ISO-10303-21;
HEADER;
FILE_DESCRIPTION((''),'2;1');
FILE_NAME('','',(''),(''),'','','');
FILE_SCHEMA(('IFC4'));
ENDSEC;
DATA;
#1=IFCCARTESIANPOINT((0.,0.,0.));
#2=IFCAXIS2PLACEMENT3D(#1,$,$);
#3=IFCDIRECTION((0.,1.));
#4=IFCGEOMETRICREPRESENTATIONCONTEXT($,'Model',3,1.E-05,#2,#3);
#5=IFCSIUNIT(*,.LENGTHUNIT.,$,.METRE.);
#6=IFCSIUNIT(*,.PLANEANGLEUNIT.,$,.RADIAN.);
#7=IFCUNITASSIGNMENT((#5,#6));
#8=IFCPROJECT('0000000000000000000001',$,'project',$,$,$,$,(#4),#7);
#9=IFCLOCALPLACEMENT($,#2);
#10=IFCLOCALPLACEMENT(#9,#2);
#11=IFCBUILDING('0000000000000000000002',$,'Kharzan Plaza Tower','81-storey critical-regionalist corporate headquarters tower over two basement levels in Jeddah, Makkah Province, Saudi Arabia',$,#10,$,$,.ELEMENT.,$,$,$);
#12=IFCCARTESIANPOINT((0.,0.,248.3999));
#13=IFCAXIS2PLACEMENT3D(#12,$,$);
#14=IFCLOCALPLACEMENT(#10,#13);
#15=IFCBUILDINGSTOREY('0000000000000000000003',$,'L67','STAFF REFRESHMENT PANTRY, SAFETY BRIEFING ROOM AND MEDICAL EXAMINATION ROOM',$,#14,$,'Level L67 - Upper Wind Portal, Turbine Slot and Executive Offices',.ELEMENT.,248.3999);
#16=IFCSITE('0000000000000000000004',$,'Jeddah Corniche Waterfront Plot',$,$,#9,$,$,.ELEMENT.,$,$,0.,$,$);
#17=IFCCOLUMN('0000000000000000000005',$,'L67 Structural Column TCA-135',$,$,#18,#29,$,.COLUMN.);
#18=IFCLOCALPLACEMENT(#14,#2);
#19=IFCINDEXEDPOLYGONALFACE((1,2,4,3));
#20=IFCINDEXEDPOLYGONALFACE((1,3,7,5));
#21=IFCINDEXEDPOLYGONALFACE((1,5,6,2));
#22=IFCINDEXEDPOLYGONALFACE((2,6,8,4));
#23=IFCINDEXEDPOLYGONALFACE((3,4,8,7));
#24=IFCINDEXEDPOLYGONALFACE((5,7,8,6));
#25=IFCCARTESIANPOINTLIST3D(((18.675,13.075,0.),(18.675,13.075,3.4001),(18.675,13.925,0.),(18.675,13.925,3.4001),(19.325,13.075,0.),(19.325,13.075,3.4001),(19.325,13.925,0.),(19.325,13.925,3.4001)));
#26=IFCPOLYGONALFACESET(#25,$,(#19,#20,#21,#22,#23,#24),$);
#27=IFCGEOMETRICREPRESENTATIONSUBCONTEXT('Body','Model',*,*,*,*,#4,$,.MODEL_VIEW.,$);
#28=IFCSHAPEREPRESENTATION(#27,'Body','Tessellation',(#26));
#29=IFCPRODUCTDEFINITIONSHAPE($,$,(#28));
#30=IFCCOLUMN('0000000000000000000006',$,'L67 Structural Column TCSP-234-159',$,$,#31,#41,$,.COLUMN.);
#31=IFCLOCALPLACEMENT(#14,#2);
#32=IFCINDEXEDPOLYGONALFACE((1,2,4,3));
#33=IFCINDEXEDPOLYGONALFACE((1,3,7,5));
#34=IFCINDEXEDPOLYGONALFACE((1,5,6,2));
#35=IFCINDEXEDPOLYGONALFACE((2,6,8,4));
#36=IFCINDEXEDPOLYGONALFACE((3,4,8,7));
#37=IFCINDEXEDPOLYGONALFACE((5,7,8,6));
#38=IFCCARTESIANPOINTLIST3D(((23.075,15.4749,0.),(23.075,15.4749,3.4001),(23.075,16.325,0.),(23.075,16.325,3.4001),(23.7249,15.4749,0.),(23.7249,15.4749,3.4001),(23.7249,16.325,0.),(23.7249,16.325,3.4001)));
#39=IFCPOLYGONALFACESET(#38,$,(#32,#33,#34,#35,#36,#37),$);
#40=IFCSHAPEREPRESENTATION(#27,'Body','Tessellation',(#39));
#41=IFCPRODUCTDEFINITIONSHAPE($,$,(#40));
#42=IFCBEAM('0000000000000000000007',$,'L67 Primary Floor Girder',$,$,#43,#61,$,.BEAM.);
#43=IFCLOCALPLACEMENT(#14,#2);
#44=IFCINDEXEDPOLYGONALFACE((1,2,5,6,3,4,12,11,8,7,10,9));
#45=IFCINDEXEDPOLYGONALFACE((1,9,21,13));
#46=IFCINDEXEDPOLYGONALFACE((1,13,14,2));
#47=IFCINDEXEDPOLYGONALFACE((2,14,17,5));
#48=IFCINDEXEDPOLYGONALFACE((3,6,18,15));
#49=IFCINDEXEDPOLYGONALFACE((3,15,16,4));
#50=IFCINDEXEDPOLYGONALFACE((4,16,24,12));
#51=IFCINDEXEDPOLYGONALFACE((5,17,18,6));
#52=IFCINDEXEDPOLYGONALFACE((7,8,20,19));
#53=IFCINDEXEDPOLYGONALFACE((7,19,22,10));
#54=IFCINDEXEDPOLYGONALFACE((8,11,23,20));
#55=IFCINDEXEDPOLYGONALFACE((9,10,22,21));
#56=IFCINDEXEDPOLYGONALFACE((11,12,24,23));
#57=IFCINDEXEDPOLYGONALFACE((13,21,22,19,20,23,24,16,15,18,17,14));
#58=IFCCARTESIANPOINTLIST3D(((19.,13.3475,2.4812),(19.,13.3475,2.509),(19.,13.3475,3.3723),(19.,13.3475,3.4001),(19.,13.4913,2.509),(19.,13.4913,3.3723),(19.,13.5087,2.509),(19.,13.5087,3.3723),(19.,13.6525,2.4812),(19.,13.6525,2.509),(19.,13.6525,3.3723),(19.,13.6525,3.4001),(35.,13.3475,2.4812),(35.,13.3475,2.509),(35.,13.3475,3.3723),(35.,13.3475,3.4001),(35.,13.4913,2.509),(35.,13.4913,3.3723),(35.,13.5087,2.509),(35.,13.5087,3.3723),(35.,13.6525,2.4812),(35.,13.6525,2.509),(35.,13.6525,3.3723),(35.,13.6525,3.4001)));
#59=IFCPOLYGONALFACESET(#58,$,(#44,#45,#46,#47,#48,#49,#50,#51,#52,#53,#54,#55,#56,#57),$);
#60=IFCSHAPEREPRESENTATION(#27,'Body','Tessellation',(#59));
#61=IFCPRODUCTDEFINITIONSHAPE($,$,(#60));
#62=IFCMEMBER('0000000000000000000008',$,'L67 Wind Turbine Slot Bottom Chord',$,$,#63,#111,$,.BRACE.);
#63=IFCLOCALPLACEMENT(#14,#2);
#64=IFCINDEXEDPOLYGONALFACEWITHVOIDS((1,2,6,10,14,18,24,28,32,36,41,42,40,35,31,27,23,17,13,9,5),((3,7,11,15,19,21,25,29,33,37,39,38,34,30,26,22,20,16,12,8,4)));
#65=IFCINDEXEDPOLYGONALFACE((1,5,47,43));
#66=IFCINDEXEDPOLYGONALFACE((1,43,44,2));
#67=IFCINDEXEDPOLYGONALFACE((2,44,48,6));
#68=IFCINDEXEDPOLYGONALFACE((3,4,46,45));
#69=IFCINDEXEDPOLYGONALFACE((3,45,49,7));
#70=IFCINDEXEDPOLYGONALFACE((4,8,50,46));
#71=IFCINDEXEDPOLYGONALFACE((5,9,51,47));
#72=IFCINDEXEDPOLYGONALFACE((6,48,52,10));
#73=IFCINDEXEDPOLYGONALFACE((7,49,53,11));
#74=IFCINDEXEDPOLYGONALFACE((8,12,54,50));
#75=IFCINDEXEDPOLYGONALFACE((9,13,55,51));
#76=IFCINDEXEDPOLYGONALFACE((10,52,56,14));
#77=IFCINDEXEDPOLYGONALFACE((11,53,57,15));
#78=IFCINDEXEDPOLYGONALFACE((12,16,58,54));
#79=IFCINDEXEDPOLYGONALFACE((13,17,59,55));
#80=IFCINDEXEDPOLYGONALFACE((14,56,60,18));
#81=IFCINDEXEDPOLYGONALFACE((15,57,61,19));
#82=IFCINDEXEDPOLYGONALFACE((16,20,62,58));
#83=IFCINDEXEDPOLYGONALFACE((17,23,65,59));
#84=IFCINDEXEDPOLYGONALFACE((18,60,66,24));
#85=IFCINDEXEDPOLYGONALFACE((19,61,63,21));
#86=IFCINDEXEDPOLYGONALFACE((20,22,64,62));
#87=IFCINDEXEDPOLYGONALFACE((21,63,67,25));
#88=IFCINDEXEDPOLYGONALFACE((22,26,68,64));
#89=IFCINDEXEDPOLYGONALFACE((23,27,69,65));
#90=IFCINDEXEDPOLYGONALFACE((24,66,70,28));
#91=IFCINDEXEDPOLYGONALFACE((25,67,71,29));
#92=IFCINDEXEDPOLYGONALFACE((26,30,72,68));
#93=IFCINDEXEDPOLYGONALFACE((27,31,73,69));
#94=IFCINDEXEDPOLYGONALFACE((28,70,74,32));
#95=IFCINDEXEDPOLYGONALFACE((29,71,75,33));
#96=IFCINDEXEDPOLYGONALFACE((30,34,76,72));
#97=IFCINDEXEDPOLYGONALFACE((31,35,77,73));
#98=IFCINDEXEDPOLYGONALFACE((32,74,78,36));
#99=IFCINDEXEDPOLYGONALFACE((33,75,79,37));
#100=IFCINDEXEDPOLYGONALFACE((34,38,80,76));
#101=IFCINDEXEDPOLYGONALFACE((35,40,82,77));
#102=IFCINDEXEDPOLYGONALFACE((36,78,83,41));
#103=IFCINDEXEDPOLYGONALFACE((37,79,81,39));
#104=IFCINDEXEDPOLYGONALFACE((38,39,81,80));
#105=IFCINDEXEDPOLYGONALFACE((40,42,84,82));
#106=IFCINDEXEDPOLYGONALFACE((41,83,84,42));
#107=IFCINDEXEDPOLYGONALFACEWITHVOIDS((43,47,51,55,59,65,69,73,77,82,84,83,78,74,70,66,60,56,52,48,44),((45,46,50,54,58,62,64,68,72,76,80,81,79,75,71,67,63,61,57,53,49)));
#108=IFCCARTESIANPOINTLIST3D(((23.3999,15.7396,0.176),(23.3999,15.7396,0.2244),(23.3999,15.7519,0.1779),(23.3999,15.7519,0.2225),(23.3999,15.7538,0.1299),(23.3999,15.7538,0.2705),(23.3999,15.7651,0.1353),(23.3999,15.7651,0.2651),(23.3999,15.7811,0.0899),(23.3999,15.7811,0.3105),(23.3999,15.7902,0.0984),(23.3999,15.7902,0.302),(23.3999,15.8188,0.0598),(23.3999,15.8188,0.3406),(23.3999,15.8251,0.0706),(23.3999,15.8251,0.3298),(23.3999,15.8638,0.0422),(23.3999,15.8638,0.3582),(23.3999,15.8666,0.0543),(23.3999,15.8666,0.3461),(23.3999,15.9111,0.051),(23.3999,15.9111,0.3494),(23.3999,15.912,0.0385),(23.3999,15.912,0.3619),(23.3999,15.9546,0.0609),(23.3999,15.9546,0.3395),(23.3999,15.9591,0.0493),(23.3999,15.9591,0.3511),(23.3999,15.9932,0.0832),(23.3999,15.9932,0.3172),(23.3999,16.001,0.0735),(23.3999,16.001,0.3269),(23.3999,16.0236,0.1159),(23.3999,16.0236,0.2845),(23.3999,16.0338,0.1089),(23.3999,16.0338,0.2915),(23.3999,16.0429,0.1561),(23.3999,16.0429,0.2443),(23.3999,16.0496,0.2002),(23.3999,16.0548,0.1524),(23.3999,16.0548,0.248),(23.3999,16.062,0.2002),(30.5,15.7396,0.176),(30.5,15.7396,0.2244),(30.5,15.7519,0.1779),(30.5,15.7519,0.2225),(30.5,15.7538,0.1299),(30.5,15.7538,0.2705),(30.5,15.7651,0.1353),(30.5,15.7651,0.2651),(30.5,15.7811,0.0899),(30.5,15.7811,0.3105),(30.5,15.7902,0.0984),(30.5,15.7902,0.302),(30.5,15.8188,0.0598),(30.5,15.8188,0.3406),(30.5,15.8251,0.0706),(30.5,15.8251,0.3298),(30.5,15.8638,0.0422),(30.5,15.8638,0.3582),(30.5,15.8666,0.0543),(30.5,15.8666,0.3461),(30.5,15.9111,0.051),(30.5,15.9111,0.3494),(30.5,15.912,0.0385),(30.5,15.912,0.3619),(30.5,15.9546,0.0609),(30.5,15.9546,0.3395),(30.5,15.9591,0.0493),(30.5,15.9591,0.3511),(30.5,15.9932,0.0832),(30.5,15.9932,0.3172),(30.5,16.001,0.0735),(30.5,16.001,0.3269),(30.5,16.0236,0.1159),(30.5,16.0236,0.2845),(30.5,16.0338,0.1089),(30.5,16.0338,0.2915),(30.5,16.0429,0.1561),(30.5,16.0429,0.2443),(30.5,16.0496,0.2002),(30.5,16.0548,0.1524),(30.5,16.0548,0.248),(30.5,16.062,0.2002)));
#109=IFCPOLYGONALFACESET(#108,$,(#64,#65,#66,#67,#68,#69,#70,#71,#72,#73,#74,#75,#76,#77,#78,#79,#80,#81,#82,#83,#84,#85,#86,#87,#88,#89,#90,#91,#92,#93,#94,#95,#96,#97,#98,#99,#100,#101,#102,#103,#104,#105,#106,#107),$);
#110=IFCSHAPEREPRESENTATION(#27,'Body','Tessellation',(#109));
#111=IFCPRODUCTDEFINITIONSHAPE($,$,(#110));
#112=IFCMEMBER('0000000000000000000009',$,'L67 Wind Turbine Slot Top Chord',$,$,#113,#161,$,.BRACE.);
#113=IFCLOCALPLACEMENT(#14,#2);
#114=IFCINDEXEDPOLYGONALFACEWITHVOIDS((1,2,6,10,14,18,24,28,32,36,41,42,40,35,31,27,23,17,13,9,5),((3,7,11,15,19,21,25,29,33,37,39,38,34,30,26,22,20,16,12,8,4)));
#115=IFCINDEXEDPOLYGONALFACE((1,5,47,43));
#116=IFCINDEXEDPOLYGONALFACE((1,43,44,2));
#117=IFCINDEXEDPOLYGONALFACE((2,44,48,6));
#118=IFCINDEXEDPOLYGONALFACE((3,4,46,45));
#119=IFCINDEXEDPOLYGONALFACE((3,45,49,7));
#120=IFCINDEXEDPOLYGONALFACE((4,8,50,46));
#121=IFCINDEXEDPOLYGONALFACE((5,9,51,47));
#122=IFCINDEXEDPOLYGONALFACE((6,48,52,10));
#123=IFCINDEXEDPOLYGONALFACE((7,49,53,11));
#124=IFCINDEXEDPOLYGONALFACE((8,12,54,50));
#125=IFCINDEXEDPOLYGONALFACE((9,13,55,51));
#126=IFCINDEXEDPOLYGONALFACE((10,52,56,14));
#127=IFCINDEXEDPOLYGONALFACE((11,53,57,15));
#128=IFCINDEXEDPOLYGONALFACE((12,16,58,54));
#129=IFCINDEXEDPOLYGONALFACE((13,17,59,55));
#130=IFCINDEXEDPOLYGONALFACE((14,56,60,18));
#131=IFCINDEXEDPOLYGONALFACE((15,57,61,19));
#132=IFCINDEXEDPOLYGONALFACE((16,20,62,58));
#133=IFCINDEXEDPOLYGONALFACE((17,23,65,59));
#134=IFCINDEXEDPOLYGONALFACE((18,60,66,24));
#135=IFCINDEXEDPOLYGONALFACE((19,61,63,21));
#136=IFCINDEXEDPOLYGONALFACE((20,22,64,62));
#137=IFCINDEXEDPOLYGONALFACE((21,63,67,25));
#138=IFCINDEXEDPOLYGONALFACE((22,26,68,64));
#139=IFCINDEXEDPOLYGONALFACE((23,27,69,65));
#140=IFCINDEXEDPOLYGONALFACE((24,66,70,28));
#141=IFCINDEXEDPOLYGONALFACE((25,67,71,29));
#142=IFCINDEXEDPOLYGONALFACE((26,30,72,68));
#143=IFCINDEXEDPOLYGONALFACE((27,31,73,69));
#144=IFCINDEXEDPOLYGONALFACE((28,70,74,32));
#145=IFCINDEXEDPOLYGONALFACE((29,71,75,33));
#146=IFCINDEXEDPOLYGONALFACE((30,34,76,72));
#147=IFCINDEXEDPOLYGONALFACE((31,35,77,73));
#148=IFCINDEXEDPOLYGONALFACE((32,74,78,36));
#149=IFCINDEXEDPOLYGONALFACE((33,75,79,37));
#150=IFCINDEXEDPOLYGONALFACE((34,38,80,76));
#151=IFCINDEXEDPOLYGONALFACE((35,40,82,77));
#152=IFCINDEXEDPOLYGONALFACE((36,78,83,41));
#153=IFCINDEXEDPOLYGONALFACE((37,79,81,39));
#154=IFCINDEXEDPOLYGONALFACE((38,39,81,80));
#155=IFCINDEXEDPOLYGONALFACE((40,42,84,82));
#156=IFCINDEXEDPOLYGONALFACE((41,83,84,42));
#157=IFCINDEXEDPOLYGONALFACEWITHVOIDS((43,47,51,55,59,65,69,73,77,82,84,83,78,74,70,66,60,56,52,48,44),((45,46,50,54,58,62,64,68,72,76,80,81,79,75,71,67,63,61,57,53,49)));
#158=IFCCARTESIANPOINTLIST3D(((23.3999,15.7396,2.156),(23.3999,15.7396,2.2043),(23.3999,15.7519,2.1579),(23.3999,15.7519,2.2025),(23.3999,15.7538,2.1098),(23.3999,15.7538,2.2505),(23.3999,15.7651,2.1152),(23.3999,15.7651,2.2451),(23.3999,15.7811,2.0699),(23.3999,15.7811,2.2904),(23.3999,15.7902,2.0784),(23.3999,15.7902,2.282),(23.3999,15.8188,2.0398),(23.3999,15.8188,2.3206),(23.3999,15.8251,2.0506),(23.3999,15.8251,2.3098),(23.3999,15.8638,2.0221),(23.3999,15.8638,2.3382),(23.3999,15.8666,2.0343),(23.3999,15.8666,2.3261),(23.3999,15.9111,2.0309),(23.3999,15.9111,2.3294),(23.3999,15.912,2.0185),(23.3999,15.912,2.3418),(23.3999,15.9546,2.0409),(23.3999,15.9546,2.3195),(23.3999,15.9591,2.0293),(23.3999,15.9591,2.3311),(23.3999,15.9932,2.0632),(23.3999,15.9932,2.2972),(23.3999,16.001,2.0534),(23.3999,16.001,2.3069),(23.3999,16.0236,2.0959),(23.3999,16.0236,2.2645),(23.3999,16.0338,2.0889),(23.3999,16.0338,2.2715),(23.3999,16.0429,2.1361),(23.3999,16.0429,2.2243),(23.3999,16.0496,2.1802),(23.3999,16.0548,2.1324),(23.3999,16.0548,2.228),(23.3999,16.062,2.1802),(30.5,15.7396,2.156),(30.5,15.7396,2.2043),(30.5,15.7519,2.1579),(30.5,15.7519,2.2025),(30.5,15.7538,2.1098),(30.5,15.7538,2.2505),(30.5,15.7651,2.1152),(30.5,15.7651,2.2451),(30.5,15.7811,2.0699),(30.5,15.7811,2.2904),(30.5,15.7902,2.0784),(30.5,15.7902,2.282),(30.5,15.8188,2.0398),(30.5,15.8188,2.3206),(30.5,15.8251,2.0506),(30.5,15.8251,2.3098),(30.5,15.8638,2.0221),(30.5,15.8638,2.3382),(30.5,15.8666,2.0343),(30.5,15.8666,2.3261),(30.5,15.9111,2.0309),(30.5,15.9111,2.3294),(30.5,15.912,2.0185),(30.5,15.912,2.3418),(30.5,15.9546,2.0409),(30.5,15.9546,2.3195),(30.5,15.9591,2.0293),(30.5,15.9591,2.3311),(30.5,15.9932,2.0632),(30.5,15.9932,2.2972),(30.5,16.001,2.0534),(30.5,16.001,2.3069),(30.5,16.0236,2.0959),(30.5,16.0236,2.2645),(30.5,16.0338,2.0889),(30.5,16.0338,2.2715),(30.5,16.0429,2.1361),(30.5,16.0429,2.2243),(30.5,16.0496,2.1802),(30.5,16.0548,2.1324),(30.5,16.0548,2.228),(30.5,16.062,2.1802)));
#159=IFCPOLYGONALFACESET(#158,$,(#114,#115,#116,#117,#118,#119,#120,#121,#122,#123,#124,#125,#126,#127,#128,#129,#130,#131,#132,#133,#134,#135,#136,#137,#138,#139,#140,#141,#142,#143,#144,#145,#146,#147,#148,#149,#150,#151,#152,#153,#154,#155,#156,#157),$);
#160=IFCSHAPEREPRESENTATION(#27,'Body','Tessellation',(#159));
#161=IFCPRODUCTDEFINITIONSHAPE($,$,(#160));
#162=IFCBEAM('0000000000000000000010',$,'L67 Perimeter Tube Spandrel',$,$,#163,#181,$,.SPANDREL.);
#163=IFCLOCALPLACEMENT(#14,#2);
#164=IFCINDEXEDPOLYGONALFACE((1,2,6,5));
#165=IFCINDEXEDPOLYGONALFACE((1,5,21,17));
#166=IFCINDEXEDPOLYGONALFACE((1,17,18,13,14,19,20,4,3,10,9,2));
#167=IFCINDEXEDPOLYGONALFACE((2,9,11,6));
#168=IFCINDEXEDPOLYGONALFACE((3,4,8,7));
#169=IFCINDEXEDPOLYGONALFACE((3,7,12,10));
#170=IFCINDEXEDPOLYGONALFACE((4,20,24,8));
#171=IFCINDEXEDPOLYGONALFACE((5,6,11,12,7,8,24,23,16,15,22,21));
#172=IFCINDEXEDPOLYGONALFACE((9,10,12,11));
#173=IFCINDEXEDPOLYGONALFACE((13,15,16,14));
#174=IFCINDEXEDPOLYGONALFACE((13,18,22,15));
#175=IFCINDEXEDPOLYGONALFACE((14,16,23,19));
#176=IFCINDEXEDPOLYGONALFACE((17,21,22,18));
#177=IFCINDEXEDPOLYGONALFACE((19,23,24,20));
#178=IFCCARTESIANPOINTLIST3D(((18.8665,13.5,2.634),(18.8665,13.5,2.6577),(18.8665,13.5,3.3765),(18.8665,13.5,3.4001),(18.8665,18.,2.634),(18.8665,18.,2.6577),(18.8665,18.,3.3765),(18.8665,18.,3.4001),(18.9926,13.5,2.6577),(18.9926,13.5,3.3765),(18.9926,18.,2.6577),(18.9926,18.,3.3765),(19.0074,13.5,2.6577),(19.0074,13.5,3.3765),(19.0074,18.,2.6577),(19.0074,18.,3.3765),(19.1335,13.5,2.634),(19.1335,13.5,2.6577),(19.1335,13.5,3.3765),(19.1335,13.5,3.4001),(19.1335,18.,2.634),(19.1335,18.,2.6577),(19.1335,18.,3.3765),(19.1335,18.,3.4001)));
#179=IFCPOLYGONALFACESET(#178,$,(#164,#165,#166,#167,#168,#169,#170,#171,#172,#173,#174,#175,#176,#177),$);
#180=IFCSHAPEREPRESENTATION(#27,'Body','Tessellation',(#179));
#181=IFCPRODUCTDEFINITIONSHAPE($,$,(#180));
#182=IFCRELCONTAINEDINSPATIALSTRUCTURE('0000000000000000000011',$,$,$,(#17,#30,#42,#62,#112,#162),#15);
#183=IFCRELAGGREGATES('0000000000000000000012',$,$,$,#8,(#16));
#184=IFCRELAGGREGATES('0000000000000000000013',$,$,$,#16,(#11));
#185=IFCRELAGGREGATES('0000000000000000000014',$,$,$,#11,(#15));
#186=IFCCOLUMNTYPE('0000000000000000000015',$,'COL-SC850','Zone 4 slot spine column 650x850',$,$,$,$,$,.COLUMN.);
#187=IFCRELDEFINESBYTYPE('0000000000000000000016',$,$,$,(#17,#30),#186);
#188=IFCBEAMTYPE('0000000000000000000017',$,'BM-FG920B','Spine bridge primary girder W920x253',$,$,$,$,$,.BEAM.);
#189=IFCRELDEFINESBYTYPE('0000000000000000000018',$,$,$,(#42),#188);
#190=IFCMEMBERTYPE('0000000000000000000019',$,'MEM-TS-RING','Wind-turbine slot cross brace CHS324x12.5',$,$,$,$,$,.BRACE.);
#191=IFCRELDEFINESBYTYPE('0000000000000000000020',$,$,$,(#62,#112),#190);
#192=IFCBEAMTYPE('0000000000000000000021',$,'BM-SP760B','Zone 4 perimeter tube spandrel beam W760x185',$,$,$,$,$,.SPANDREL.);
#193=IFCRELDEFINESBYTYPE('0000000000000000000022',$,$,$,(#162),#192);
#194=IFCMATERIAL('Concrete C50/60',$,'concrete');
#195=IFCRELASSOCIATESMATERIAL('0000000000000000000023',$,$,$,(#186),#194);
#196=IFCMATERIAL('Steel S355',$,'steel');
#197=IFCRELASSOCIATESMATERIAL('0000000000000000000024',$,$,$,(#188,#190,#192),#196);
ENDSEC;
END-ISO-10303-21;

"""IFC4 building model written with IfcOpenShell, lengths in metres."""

from ifc_helpers import new_model, si_unit, direction, frame, origin, origin_2d, place, context, subcontext, project, spatial, rectangle, hollow_circle, i_section, extrude, source, transform, mapped, material, material_profile, profile_set, type_object, element, save


model = new_model("IFC4")

# Units and contexts
model_context = context("Model", 3, precision=1e-05, world=origin(), true_north=direction((0.0, 1.0)))
body_context = subcontext(model_context, "Body", "Model", "MODEL_VIEW")
ifc_project = project(units=[si_unit("LENGTHUNIT", "METRE"), si_unit("PLANEANGLEUNIT", "RADIAN")], contexts=[model_context])

# Site, building, storey
site_placement = place(None, origin())
site = spatial("IfcSite", under=ifc_project, at=site_placement, Name="Jeddah Corniche Waterfront Plot", CompositionType="ELEMENT", RefElevation=0.0)
building_placement = place(site_placement, origin())
building = spatial("IfcBuilding", under=site, at=building_placement, Name="Kharzan Plaza Tower", Description="81-storey critical-regionalist corporate headquarters tower over two basement levels in Jeddah, Makkah Province, Saudi Arabia", CompositionType="ELEMENT")
storey_placement = place(building_placement, frame((0.0, 0.0, 248.3999)))
storey = spatial("IfcBuildingStorey", under=building, at=storey_placement, Name="L67", Description="STAFF REFRESHMENT PANTRY, SAFETY BRIEFING ROOM AND MEDICAL EXAMINATION ROOM", LongName="Level L67 - Upper Wind Portal, Turbine Slot and Executive Offices", CompositionType="ELEMENT", Elevation=248.3999)

# Columns
ifc_material_1 = material(Name="Concrete C50/60", Category="concrete")
ifc_material_profile_1 = material_profile(ifc_material_1, rectangle(XDim=0.6499, YDim=0.8501, at=origin_2d()), Name="RC-SC850x650")
ifc_profile_set_1 = profile_set([ifc_material_profile_1], Name="Concrete C50/60")
column_type = type_object("IfcColumnType", Name="COL-SC850", Description="Zone 4 slot spine column 650x850", PredefinedType="COLUMN", material=ifc_profile_set_1)
shared_shape_1 = source(origin(), body_context, "Body", "SweptSolid", [
    extrude(rectangle(XDim=0.6499, YDim=0.8501, at=origin_2d()), origin(), (0.0, 0.0, 1.0), 3.4001),
])
for number, where, z_axis, x_axis, name in (
    (1, (19.0, 13.5, 0.0), (0.0, 0.0, 1.0), (1.0, 0.0, 0.0), "L67 Structural Column TCA-135"),
    (2, (23.3999, 15.8999, 0.0), (0.0, 0.0, 1.0), (1.0, 0.0, 0.0), "L67 Structural Column TCSP-234-159"),
):
    element("IfcColumn", number, at=place(storey_placement, frame(where, z_axis=z_axis, x_axis=x_axis)), inside=storey, type_object=column_type, Name=name, PredefinedType="COLUMN", context=body_context, shape_type="MappedRepresentation", body=[
        mapped(shared_shape_1, transform((0.0, 0.0, 0.0), x_axis=(1.0, 0.0, 0.0), y_axis=(0.0, 1.0, 0.0), z_axis=(0.0, 0.0, 1.0))),
    ])

# Beam
ifc_material_2 = material(Name="Steel S355", Category="steel")
ifc_material_profile_2 = material_profile(ifc_material_2, i_section(OverallWidth=0.3049, OverallDepth=0.9189, WebThickness=0.0173, FlangeThickness=0.0278, at=origin_2d()), Name="W920x253")
ifc_profile_set_2 = profile_set([ifc_material_profile_2], Name="Steel S355")
beam_type_1 = type_object("IfcBeamType", Name="BM-FG920B", Description="Spine bridge primary girder W920x253", PredefinedType="BEAM", material=ifc_profile_set_2)
shared_shape_2 = source(origin(), body_context, "Body", "SweptSolid", [
    extrude(i_section(OverallWidth=0.3049, OverallDepth=0.9189, WebThickness=0.0173, FlangeThickness=0.0278, at=origin_2d()), origin(), (0.0, 0.0, 1.0), 16.0),
])
beam_1_placement = place(storey_placement, frame((19.0, 13.5, 2.9407), z_axis=(1.0, 0.0, 0.0), x_axis=(0.0, 1.0, 0.0)))
element("IfcBeam", 3, at=beam_1_placement, inside=storey, type_object=beam_type_1, Name="L67 Primary Floor Girder", PredefinedType="BEAM", context=body_context, shape_type="MappedRepresentation", body=[
    mapped(shared_shape_2, transform((0.0, 0.0, 0.0), x_axis=(1.0, 0.0, 0.0), y_axis=(0.0, 1.0, 0.0), z_axis=(0.0, 0.0, 1.0))),
])

# Members
ifc_material_profile_3 = material_profile(ifc_material_2, hollow_circle(Radius=0.1621, WallThickness=0.0125, at=origin_2d()), Name="CHS324x12.5")
ifc_profile_set_3 = profile_set([ifc_material_profile_3], Name="Steel S355")
member_type_1 = type_object("IfcMemberType", Name="MEM-TS-RING", Description="Wind-turbine slot cross brace CHS324x12.5", PredefinedType="BRACE", material=ifc_profile_set_3)
shared_shape_3 = source(origin(), body_context, "Body", "SweptSolid", [
    extrude(hollow_circle(Radius=0.1621, WallThickness=0.0125, at=origin_2d()), origin(), (0.0, 0.0, 1.0), 7.1001),
])
for number, where, z_axis, x_axis, name in (
    (4, (23.3999, 15.8999, 0.2002), (1.0, 0.0, 0.0), (0.0, 1.0, 0.0), "L67 Wind Turbine Slot Bottom Chord"),
    (5, (23.3999, 15.8999, 2.1802), (1.0, 0.0, 0.0), (0.0, 1.0, 0.0), "L67 Wind Turbine Slot Top Chord"),
):
    element("IfcMember", number, at=place(storey_placement, frame(where, z_axis=z_axis, x_axis=x_axis)), inside=storey, type_object=member_type_1, Name=name, PredefinedType="BRACE", context=body_context, shape_type="MappedRepresentation", body=[
        mapped(shared_shape_3, transform((0.0, 0.0, 0.0), x_axis=(1.0, 0.0, 0.0), y_axis=(0.0, 1.0, 0.0), z_axis=(0.0, 0.0, 1.0))),
    ])

# Beam
ifc_material_profile_4 = material_profile(ifc_material_2, i_section(OverallWidth=0.2671, OverallDepth=0.7661, WebThickness=0.0149, FlangeThickness=0.0237, at=origin_2d()), Name="W760x185")
ifc_profile_set_4 = profile_set([ifc_material_profile_4], Name="Steel S355")
beam_type_2 = type_object("IfcBeamType", Name="BM-SP760B", Description="Zone 4 perimeter tube spandrel beam W760x185", PredefinedType="SPANDREL", material=ifc_profile_set_4)
shared_shape_4 = source(origin(), body_context, "Body", "SweptSolid", [
    extrude(i_section(OverallWidth=0.2671, OverallDepth=0.7661, WebThickness=0.0149, FlangeThickness=0.0237, at=origin_2d()), origin(), (0.0, 0.0, 1.0), 4.5),
])
beam_2_placement = place(storey_placement, frame((19.0, 13.5, 3.0171), z_axis=(0.0, 1.0, 0.0), x_axis=(-1.0, 0.0, 0.0)))
element("IfcBeam", 6, at=beam_2_placement, inside=storey, type_object=beam_type_2, Name="L67 Perimeter Tube Spandrel", PredefinedType="SPANDREL", context=body_context, shape_type="MappedRepresentation", body=[
    mapped(shared_shape_4, transform((0.0, 0.0, 0.0), x_axis=(1.0, 0.0, 0.0), y_axis=(0.0, 1.0, 0.0), z_axis=(0.0, 0.0, 1.0))),
])

save(model, "model.ifc")
